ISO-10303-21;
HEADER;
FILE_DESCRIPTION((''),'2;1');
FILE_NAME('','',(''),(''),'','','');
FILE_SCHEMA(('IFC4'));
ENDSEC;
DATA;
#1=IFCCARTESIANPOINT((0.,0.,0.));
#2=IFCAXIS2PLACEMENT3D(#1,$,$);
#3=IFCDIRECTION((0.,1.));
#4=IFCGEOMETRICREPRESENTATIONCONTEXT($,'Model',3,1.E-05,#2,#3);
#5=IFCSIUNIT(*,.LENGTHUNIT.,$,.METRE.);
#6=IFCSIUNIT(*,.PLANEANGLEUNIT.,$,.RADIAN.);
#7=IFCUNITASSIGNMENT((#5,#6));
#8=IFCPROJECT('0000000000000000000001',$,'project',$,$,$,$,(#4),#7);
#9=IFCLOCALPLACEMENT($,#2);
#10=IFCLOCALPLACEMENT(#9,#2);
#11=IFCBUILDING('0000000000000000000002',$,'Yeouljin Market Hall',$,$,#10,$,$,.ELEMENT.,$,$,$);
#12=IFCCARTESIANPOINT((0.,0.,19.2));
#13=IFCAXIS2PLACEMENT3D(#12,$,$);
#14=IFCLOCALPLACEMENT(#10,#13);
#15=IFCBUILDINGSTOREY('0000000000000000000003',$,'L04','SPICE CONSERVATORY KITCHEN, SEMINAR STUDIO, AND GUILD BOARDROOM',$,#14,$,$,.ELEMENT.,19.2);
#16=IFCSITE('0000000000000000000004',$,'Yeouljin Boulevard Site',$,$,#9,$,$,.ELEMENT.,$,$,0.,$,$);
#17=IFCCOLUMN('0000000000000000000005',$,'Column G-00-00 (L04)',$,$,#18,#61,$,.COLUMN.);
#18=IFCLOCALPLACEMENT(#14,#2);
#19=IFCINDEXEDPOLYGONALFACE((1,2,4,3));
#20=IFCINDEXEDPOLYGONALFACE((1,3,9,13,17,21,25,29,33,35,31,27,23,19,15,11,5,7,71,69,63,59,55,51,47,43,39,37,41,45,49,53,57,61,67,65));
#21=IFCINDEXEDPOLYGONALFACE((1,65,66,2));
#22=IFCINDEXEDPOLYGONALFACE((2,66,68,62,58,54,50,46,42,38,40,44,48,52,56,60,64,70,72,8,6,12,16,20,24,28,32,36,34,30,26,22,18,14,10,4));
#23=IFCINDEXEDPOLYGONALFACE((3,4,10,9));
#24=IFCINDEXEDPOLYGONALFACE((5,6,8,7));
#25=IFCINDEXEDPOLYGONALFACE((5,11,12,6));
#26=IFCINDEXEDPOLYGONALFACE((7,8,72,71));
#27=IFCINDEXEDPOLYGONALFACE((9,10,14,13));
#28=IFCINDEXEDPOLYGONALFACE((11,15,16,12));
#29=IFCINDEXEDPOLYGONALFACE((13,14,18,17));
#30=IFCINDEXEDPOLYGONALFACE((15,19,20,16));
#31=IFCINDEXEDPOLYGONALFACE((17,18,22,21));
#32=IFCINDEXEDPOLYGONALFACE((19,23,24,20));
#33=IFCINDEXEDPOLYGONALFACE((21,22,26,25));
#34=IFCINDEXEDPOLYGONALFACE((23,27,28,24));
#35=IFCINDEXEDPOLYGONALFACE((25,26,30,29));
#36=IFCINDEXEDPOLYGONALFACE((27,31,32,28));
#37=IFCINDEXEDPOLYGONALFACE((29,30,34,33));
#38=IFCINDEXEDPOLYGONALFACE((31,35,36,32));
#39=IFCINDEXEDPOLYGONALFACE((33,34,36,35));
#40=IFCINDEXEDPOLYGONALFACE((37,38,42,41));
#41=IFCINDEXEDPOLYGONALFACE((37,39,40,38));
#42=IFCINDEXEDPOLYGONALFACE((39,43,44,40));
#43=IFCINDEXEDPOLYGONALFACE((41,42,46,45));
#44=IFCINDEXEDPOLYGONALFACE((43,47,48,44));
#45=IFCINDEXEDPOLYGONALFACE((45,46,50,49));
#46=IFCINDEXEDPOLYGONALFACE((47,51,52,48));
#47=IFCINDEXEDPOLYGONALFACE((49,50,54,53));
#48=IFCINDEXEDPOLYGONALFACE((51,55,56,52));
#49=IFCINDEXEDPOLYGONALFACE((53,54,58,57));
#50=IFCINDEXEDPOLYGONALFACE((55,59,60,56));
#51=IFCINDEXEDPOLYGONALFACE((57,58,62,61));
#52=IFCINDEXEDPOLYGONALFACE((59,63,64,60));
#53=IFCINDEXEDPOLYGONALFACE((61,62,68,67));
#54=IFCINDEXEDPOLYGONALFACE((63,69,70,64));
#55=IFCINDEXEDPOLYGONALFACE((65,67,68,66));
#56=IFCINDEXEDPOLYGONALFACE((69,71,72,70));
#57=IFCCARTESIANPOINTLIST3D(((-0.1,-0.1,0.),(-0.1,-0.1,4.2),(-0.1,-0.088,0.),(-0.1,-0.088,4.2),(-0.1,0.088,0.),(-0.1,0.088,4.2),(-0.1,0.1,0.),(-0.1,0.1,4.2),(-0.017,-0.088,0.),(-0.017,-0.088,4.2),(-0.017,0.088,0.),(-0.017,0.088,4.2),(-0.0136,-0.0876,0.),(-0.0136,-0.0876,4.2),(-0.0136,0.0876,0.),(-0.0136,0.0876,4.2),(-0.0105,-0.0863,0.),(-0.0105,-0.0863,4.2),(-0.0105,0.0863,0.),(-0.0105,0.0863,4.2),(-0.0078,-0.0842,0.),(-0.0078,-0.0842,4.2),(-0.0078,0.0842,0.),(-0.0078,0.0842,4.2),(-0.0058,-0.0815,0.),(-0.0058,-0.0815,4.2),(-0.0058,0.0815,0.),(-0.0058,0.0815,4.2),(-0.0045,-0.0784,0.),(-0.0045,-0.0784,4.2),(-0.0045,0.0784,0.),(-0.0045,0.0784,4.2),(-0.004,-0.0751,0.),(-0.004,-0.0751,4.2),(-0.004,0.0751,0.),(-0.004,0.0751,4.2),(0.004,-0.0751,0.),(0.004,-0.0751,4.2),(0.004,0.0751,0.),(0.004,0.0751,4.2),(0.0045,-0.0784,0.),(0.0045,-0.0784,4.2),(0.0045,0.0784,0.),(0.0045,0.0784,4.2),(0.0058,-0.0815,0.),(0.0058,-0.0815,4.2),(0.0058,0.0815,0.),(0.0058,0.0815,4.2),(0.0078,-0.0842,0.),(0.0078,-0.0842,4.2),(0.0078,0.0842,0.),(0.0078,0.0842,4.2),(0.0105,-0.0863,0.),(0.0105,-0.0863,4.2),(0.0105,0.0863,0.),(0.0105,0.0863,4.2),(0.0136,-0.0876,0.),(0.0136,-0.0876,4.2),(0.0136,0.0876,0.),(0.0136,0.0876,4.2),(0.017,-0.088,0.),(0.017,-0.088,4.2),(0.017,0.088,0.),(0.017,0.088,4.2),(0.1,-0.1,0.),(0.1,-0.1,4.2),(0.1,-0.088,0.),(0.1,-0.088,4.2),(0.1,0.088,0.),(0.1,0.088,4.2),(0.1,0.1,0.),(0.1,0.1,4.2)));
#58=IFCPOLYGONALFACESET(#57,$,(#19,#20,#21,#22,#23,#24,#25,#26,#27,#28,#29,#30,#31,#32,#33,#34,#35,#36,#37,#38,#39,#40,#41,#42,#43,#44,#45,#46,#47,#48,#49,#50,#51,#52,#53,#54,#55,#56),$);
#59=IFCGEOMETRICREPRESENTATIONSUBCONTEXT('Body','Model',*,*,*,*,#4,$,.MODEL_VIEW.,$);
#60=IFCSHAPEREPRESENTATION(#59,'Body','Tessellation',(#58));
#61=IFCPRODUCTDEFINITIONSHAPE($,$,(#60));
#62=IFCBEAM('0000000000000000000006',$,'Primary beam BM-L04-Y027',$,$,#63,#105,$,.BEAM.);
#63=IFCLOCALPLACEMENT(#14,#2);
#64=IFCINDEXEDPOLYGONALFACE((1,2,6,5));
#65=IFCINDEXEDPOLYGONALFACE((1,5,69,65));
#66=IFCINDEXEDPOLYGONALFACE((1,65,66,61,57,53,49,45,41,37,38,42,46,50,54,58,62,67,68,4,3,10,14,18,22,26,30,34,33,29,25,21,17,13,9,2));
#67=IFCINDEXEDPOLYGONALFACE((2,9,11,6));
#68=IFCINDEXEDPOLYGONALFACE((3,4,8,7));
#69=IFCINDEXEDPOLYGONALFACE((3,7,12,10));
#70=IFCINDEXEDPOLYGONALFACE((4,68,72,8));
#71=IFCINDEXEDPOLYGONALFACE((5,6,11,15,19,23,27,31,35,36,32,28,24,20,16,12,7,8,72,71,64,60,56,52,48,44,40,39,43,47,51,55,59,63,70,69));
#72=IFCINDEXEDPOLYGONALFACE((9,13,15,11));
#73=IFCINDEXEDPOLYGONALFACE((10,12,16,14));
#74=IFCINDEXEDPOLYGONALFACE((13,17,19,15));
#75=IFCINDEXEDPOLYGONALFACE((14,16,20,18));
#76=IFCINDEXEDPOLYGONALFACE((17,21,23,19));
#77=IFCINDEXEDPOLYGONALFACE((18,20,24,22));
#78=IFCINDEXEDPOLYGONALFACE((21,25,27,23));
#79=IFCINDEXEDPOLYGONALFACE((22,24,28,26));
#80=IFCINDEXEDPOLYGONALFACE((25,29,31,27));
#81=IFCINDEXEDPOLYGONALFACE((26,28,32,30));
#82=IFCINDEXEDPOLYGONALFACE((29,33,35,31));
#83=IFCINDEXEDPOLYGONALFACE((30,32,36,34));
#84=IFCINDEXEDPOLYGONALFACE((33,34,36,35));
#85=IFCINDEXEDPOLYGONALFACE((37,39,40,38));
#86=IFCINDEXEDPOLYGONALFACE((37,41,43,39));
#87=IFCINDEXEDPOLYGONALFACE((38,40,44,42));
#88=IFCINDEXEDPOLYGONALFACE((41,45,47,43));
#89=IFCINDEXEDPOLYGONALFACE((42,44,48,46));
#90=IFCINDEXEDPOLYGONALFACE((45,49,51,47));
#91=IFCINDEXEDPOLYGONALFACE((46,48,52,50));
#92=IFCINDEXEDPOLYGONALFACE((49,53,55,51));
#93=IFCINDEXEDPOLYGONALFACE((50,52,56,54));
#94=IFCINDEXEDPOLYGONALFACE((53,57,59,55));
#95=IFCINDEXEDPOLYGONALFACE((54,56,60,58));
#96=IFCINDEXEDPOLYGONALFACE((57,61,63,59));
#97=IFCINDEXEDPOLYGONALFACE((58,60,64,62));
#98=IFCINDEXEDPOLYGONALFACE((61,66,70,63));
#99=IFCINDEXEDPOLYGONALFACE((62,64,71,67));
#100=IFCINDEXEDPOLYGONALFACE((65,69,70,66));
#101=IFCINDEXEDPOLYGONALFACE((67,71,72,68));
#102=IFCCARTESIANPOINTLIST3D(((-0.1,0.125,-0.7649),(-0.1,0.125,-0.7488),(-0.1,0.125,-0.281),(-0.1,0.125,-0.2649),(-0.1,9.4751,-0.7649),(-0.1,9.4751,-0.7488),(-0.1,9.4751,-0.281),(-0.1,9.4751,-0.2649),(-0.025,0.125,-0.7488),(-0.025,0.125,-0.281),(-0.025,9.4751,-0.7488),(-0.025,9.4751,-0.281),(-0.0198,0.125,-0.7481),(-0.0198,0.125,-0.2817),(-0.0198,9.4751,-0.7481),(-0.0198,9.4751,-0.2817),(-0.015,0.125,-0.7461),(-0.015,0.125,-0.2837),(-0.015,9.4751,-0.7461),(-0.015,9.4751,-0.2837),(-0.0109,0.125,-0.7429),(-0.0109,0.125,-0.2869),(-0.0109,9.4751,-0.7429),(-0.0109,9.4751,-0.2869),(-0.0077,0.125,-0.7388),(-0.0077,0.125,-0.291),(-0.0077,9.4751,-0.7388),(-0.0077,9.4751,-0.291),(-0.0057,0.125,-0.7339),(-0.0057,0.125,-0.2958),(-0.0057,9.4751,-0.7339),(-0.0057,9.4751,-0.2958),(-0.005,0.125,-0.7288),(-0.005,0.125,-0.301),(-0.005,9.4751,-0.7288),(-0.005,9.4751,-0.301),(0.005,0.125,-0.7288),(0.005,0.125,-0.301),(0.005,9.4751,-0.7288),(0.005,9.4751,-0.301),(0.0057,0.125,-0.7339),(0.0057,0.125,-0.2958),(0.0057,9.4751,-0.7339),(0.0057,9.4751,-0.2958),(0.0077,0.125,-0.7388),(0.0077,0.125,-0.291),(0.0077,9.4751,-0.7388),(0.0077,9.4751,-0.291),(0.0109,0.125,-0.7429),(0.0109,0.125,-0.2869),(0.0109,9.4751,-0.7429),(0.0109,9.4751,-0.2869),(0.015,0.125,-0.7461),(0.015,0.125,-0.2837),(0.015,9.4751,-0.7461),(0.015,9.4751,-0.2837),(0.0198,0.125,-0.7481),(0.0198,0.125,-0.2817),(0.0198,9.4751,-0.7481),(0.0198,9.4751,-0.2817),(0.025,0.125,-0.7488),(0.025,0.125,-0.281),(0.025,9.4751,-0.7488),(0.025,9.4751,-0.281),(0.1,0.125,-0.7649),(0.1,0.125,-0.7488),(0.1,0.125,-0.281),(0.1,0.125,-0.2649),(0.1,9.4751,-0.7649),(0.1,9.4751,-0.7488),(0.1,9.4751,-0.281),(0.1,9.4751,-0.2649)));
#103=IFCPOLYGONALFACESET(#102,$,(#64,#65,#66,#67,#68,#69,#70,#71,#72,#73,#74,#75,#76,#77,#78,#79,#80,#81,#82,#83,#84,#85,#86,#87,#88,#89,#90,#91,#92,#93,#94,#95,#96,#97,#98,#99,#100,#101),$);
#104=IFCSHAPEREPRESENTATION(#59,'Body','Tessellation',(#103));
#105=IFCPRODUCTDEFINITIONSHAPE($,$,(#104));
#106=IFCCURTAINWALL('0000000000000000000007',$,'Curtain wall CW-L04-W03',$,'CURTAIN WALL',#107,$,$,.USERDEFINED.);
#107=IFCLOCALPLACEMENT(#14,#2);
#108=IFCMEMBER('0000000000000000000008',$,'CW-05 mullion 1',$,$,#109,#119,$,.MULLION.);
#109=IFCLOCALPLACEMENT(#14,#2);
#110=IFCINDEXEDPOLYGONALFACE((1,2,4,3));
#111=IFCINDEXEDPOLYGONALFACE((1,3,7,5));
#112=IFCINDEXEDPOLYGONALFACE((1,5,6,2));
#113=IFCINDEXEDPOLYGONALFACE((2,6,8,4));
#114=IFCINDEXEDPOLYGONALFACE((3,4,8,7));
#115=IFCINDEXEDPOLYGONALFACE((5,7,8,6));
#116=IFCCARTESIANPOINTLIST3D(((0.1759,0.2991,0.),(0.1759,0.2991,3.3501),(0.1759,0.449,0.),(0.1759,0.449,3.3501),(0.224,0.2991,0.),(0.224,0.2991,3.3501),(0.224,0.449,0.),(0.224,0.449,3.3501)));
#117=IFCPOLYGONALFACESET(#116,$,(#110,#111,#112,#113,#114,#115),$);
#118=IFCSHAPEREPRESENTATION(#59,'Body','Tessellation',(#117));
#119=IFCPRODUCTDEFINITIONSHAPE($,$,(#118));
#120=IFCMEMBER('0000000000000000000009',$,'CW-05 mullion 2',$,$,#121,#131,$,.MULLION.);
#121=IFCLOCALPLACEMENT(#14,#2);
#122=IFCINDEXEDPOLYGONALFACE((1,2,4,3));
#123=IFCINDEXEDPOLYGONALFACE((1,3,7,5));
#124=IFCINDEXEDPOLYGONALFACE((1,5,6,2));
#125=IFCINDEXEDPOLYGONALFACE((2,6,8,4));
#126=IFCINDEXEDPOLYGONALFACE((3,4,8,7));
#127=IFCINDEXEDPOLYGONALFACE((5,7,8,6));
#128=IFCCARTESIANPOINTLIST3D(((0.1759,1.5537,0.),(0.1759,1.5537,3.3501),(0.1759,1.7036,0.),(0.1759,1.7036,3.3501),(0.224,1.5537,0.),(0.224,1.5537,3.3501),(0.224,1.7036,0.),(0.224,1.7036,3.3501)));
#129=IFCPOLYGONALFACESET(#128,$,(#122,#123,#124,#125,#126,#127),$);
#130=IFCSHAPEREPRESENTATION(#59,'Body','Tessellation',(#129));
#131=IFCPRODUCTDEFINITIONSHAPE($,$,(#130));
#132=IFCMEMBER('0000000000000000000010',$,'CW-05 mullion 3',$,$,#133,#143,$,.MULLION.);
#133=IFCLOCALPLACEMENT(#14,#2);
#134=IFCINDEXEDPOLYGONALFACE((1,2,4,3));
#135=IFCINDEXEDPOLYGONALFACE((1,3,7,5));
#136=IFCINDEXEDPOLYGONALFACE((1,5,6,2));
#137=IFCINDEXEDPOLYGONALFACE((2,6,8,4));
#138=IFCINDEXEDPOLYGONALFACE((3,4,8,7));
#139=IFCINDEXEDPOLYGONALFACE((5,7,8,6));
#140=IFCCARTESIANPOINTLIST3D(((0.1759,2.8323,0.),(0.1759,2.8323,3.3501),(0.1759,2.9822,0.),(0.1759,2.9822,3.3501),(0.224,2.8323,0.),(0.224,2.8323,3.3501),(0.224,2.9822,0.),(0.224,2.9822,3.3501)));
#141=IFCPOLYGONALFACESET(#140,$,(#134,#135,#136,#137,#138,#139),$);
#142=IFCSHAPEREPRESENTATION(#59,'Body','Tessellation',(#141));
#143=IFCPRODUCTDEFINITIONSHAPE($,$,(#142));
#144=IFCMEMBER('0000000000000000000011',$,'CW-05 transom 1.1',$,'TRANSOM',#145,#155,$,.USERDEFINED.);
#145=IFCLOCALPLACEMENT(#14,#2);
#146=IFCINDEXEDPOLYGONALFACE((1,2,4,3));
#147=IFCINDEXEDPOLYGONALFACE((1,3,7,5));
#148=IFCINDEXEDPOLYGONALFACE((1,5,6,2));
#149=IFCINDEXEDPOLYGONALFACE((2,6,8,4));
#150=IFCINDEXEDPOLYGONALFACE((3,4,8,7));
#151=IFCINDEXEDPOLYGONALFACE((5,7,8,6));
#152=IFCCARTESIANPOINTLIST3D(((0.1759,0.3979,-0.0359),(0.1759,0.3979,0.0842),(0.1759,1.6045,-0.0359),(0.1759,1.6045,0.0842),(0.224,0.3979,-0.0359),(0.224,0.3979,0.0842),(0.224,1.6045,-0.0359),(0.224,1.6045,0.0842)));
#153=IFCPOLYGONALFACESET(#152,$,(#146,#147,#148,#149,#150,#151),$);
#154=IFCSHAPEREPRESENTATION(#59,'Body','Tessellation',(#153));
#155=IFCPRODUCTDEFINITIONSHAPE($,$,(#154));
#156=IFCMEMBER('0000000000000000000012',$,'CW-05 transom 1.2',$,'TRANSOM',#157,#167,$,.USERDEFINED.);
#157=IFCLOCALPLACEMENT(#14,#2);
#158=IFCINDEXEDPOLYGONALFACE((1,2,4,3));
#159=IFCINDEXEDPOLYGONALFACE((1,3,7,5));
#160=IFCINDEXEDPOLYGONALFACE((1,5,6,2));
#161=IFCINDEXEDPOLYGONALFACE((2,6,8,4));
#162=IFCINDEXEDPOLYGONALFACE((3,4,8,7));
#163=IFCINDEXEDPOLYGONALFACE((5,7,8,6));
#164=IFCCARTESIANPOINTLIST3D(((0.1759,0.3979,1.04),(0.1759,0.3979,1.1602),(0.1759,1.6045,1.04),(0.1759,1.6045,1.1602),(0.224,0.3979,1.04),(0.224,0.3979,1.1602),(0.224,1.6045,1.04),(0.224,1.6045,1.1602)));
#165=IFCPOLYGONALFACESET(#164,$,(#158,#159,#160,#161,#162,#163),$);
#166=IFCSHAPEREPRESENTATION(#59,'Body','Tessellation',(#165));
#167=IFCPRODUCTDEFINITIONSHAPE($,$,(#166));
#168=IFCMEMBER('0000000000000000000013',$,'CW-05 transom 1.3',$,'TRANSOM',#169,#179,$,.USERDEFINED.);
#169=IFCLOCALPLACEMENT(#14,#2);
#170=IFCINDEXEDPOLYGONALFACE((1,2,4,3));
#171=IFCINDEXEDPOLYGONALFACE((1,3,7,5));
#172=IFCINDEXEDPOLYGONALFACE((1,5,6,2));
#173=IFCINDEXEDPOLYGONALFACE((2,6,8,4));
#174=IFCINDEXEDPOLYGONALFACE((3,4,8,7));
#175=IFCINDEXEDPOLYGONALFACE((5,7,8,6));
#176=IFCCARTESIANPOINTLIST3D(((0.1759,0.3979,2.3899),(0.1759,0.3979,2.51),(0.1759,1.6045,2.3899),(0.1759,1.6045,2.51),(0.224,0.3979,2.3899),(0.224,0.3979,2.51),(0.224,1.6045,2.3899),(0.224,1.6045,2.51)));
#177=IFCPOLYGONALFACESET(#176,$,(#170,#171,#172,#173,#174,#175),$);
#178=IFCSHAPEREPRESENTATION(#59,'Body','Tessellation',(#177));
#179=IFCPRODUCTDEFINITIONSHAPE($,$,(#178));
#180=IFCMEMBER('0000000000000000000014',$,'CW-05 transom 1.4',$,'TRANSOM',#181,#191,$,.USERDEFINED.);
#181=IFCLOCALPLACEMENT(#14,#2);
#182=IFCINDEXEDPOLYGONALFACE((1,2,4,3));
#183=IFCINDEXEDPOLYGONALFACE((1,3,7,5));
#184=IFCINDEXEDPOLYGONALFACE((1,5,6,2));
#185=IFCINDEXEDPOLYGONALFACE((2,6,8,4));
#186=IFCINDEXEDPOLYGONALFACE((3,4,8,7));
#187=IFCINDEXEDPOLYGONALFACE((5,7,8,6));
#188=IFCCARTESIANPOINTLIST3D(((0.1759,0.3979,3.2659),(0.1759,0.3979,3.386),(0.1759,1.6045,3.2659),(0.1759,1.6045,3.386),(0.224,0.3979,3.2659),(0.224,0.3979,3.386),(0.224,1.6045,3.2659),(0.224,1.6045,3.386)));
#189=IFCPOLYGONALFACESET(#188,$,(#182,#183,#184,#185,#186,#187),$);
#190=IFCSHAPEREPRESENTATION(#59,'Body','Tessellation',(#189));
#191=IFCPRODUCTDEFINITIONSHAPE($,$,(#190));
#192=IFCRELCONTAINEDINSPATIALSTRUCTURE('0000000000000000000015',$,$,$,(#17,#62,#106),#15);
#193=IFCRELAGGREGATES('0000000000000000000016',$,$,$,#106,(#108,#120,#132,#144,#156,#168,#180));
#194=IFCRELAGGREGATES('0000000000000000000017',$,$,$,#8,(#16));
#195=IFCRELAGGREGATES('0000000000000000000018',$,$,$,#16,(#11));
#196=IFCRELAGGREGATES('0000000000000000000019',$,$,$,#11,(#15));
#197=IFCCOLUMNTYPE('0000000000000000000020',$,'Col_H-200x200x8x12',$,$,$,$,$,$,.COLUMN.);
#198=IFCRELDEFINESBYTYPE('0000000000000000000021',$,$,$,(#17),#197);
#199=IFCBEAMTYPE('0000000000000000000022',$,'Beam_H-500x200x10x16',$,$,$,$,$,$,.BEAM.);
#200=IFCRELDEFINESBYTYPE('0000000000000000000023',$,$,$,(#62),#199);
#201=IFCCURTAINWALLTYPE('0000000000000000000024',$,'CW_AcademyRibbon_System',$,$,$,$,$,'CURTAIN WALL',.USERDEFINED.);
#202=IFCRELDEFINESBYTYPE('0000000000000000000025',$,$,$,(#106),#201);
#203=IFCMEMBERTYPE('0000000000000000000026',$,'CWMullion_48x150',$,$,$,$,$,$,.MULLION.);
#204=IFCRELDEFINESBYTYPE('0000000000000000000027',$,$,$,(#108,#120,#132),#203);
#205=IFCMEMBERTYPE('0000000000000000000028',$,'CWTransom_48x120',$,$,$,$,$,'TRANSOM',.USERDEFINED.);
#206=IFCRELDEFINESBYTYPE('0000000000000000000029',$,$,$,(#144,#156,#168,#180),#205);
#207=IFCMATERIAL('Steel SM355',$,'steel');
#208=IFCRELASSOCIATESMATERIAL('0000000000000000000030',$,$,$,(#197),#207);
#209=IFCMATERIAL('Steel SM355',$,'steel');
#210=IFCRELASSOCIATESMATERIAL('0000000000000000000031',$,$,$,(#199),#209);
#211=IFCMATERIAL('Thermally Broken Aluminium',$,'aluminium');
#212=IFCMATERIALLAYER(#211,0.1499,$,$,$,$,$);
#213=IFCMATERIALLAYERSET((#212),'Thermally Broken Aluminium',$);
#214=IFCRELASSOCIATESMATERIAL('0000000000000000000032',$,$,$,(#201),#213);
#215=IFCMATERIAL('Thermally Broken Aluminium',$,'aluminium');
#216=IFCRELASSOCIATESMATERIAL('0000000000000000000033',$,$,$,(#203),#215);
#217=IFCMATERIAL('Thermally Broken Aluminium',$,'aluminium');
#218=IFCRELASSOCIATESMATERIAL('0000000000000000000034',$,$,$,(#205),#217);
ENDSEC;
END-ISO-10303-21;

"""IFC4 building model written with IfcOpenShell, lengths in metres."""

from ifc_helpers import new_model, si_unit, direction, frame, origin, origin_with_axes, origin_2d, place, context, subcontext, project, spatial, rectangle, i_section, extrude, material, layer, layer_set, material_profile, profile_set, type_object, element, aggregate, save


model = new_model("IFC4")

# Units and contexts
model_context = context("Model", 3, precision=1e-05, world=origin(), true_north=direction((0.0, 1.0)))
body_context = subcontext(model_context, "Body", "Model", "MODEL_VIEW")
ifc_project = project(units=[si_unit("LENGTHUNIT", "METRE"), si_unit("PLANEANGLEUNIT", "RADIAN")], contexts=[model_context])

# Site, building, storey
site_placement = place(None, origin())
site = spatial("IfcSite", under=ifc_project, at=site_placement, Name="Yeouljin Boulevard Site", CompositionType="ELEMENT", RefElevation=0.0)
building_placement = place(site_placement, origin())
building = spatial("IfcBuilding", under=site, at=building_placement, Name="Yeouljin Market Hall", CompositionType="ELEMENT")
storey_placement = place(building_placement, frame((0.0, 0.0, 19.2)))
storey = spatial("IfcBuildingStorey", under=building, at=storey_placement, Name="L04", Description="SPICE CONSERVATORY KITCHEN, SEMINAR STUDIO, AND GUILD BOARDROOM", CompositionType="ELEMENT", Elevation=19.2)

# Column
ifc_material_1 = material(Name="Steel SM355", Category="steel")
ifc_material_profile_1 = material_profile(ifc_material_1, i_section(OverallWidth=0.2, OverallDepth=0.2, WebThickness=0.0081, FlangeThickness=0.012, FilletRadius=0.0129, at=origin_2d()), Name="H-200x200x8x12")
ifc_profile_set_1 = profile_set([ifc_material_profile_1], Name="Steel SM355")
column_type = type_object("IfcColumnType", Name="Col_H-200x200x8x12", PredefinedType="COLUMN", material=ifc_profile_set_1)
column_placement = place(storey_placement, origin_with_axes())
element("IfcColumn", 1, at=column_placement, inside=storey, type_object=column_type, Name="Column G-00-00 (L04)", PredefinedType="COLUMN", context=body_context, shape_type="SweptSolid", body=[
    extrude(i_section(OverallWidth=0.2, OverallDepth=0.2, WebThickness=0.0081, FlangeThickness=0.012, FilletRadius=0.0129, at=origin_2d()), origin(), (0.0, 0.0, 1.0), 4.2),
])

# Beam
ifc_material_2 = material(Name="Steel SM355", Category="steel")
ifc_material_profile_2 = material_profile(ifc_material_2, i_section(OverallWidth=0.2, OverallDepth=0.5, WebThickness=0.01, FlangeThickness=0.0161, FilletRadius=0.02, at=origin_2d()), Name="H-500x200x10x16")
ifc_profile_set_2 = profile_set([ifc_material_profile_2], Name="Steel SM355")
beam_type_1 = type_object("IfcBeamType", Name="Beam_H-500x200x10x16", PredefinedType="BEAM", material=ifc_profile_set_2)
beam_1_placement = place(storey_placement, frame((0.0, 0.125, -0.5149), z_axis=(0.0, 1.0, 0.0), x_axis=(-1.0, 0.0, 0.0)))
element("IfcBeam", 2, at=beam_1_placement, inside=storey, type_object=beam_type_1, Name="Primary beam BM-L04-Y027", PredefinedType="BEAM", context=body_context, shape_type="SweptSolid", body=[
    extrude(i_section(OverallWidth=0.2, OverallDepth=0.5, WebThickness=0.01, FlangeThickness=0.0161, FilletRadius=0.02, at=origin_2d()), origin(), (0.0, 0.0, 1.0), 9.3501),
])

# Curtain wall, members
ifc_material_3 = material(Name="Thermally Broken Aluminium", Category="aluminium")
ifc_layer_1 = layer(ifc_material_3, 0.1499)
ifc_layer_set_1 = layer_set([ifc_layer_1], Name="Thermally Broken Aluminium")
curtain_wall_type = type_object("IfcCurtainWallType", Name="CW_AcademyRibbon_System", ElementType="CURTAIN WALL", PredefinedType="USERDEFINED", material=ifc_layer_set_1)
curtain_wall_placement = place(storey_placement, origin())
curtain_wall = element("IfcCurtainWall", 3, at=curtain_wall_placement, inside=storey, type_object=curtain_wall_type, Name="Curtain wall CW-L04-W03", ObjectType="CURTAIN WALL", PredefinedType="USERDEFINED")
ifc_material_4 = material(Name="Thermally Broken Aluminium", Category="aluminium")
ifc_material_profile_3 = material_profile(ifc_material_4, rectangle(XDim=0.0481, YDim=0.1499, at=origin_2d()), Name="CW-MULL-48x150")
ifc_profile_set_3 = profile_set([ifc_material_profile_3], Name="Thermally Broken Aluminium")
member_type_1 = type_object("IfcMemberType", Name="CWMullion_48x150", PredefinedType="MULLION", material=ifc_profile_set_3)
member_1_placement = place(storey_placement, frame((0.2, 0.374, 0.0), z_axis=(0.0, 0.0, 1.0), x_axis=(-1.0, 0.0, 0.0)))
member_1 = element("IfcMember", 4, at=member_1_placement, type_object=member_type_1, Name="CW-05 mullion 1", PredefinedType="MULLION", context=body_context, shape_type="SweptSolid", body=[
    extrude(rectangle(XDim=0.0481, YDim=0.1499, at=origin_2d()), origin(), (0.0, 0.0, 1.0), 3.3501),
])
member_2_placement = place(storey_placement, frame((0.2, 1.6287, 0.0), z_axis=(0.0, 0.0, 1.0), x_axis=(-1.0, 0.0, 0.0)))
member_2 = element("IfcMember", 5, at=member_2_placement, type_object=member_type_1, Name="CW-05 mullion 2", PredefinedType="MULLION", context=body_context, shape_type="SweptSolid", body=[
    extrude(rectangle(XDim=0.0481, YDim=0.1499, at=origin_2d()), origin(), (0.0, 0.0, 1.0), 3.3501),
])
member_3_placement = place(storey_placement, frame((0.2, 2.9072, 0.0), z_axis=(0.0, 0.0, 1.0), x_axis=(-1.0, 0.0, 0.0)))
member_3 = element("IfcMember", 6, at=member_3_placement, type_object=member_type_1, Name="CW-05 mullion 3", PredefinedType="MULLION", context=body_context, shape_type="SweptSolid", body=[
    extrude(rectangle(XDim=0.0481, YDim=0.1499, at=origin_2d()), origin(), (0.0, 0.0, 1.0), 3.3501),
])
ifc_material_5 = material(Name="Thermally Broken Aluminium", Category="aluminium")
ifc_material_profile_4 = material_profile(ifc_material_5, rectangle(XDim=0.0481, YDim=0.1201, at=origin_2d()), Name="CW-TRAN-48x120")
ifc_profile_set_4 = profile_set([ifc_material_profile_4], Name="Thermally Broken Aluminium")
member_type_2 = type_object("IfcMemberType", Name="CWTransom_48x120", ElementType="TRANSOM", PredefinedType="USERDEFINED", material=ifc_profile_set_4)
member_4_placement = place(storey_placement, frame((0.2, 0.3979, 0.0242), z_axis=(0.0, 1.0, 0.0), x_axis=(-1.0, 0.0, 0.0)))
member_4 = element("IfcMember", 7, at=member_4_placement, type_object=member_type_2, Name="CW-05 transom 1.1", ObjectType="TRANSOM", PredefinedType="USERDEFINED", context=body_context, shape_type="SweptSolid", body=[
    extrude(rectangle(XDim=0.0481, YDim=0.1201, at=origin_2d()), origin(), (0.0, 0.0, 1.0), 1.2065),
])
member_5_placement = place(storey_placement, frame((0.2, 0.3979, 1.1001), z_axis=(0.0, 1.0, 0.0), x_axis=(-1.0, 0.0, 0.0)))
member_5 = element("IfcMember", 8, at=member_5_placement, type_object=member_type_2, Name="CW-05 transom 1.2", ObjectType="TRANSOM", PredefinedType="USERDEFINED", context=body_context, shape_type="SweptSolid", body=[
    extrude(rectangle(XDim=0.0481, YDim=0.1201, at=origin_2d()), origin(), (0.0, 0.0, 1.0), 1.2065),
])
member_6_placement = place(storey_placement, frame((0.2, 0.3979, 2.45), z_axis=(0.0, 1.0, 0.0), x_axis=(-1.0, 0.0, 0.0)))
member_6 = element("IfcMember", 9, at=member_6_placement, type_object=member_type_2, Name="CW-05 transom 1.3", ObjectType="TRANSOM", PredefinedType="USERDEFINED", context=body_context, shape_type="SweptSolid", body=[
    extrude(rectangle(XDim=0.0481, YDim=0.1201, at=origin_2d()), origin(), (0.0, 0.0, 1.0), 1.2065),
])
member_7_placement = place(storey_placement, frame((0.2, 0.3979, 3.3259), z_axis=(0.0, 1.0, 0.0), x_axis=(-1.0, 0.0, 0.0)))
member_7 = element("IfcMember", 10, at=member_7_placement, type_object=member_type_2, Name="CW-05 transom 1.4", ObjectType="TRANSOM", PredefinedType="USERDEFINED", context=body_context, shape_type="SweptSolid", body=[
    extrude(rectangle(XDim=0.0481, YDim=0.1201, at=origin_2d()), origin(), (0.0, 0.0, 1.0), 1.2065),
])

aggregate(curtain_wall, [member_1, member_2, member_3, member_4, member_5, member_6, member_7])

save(model, "model.ifc")
